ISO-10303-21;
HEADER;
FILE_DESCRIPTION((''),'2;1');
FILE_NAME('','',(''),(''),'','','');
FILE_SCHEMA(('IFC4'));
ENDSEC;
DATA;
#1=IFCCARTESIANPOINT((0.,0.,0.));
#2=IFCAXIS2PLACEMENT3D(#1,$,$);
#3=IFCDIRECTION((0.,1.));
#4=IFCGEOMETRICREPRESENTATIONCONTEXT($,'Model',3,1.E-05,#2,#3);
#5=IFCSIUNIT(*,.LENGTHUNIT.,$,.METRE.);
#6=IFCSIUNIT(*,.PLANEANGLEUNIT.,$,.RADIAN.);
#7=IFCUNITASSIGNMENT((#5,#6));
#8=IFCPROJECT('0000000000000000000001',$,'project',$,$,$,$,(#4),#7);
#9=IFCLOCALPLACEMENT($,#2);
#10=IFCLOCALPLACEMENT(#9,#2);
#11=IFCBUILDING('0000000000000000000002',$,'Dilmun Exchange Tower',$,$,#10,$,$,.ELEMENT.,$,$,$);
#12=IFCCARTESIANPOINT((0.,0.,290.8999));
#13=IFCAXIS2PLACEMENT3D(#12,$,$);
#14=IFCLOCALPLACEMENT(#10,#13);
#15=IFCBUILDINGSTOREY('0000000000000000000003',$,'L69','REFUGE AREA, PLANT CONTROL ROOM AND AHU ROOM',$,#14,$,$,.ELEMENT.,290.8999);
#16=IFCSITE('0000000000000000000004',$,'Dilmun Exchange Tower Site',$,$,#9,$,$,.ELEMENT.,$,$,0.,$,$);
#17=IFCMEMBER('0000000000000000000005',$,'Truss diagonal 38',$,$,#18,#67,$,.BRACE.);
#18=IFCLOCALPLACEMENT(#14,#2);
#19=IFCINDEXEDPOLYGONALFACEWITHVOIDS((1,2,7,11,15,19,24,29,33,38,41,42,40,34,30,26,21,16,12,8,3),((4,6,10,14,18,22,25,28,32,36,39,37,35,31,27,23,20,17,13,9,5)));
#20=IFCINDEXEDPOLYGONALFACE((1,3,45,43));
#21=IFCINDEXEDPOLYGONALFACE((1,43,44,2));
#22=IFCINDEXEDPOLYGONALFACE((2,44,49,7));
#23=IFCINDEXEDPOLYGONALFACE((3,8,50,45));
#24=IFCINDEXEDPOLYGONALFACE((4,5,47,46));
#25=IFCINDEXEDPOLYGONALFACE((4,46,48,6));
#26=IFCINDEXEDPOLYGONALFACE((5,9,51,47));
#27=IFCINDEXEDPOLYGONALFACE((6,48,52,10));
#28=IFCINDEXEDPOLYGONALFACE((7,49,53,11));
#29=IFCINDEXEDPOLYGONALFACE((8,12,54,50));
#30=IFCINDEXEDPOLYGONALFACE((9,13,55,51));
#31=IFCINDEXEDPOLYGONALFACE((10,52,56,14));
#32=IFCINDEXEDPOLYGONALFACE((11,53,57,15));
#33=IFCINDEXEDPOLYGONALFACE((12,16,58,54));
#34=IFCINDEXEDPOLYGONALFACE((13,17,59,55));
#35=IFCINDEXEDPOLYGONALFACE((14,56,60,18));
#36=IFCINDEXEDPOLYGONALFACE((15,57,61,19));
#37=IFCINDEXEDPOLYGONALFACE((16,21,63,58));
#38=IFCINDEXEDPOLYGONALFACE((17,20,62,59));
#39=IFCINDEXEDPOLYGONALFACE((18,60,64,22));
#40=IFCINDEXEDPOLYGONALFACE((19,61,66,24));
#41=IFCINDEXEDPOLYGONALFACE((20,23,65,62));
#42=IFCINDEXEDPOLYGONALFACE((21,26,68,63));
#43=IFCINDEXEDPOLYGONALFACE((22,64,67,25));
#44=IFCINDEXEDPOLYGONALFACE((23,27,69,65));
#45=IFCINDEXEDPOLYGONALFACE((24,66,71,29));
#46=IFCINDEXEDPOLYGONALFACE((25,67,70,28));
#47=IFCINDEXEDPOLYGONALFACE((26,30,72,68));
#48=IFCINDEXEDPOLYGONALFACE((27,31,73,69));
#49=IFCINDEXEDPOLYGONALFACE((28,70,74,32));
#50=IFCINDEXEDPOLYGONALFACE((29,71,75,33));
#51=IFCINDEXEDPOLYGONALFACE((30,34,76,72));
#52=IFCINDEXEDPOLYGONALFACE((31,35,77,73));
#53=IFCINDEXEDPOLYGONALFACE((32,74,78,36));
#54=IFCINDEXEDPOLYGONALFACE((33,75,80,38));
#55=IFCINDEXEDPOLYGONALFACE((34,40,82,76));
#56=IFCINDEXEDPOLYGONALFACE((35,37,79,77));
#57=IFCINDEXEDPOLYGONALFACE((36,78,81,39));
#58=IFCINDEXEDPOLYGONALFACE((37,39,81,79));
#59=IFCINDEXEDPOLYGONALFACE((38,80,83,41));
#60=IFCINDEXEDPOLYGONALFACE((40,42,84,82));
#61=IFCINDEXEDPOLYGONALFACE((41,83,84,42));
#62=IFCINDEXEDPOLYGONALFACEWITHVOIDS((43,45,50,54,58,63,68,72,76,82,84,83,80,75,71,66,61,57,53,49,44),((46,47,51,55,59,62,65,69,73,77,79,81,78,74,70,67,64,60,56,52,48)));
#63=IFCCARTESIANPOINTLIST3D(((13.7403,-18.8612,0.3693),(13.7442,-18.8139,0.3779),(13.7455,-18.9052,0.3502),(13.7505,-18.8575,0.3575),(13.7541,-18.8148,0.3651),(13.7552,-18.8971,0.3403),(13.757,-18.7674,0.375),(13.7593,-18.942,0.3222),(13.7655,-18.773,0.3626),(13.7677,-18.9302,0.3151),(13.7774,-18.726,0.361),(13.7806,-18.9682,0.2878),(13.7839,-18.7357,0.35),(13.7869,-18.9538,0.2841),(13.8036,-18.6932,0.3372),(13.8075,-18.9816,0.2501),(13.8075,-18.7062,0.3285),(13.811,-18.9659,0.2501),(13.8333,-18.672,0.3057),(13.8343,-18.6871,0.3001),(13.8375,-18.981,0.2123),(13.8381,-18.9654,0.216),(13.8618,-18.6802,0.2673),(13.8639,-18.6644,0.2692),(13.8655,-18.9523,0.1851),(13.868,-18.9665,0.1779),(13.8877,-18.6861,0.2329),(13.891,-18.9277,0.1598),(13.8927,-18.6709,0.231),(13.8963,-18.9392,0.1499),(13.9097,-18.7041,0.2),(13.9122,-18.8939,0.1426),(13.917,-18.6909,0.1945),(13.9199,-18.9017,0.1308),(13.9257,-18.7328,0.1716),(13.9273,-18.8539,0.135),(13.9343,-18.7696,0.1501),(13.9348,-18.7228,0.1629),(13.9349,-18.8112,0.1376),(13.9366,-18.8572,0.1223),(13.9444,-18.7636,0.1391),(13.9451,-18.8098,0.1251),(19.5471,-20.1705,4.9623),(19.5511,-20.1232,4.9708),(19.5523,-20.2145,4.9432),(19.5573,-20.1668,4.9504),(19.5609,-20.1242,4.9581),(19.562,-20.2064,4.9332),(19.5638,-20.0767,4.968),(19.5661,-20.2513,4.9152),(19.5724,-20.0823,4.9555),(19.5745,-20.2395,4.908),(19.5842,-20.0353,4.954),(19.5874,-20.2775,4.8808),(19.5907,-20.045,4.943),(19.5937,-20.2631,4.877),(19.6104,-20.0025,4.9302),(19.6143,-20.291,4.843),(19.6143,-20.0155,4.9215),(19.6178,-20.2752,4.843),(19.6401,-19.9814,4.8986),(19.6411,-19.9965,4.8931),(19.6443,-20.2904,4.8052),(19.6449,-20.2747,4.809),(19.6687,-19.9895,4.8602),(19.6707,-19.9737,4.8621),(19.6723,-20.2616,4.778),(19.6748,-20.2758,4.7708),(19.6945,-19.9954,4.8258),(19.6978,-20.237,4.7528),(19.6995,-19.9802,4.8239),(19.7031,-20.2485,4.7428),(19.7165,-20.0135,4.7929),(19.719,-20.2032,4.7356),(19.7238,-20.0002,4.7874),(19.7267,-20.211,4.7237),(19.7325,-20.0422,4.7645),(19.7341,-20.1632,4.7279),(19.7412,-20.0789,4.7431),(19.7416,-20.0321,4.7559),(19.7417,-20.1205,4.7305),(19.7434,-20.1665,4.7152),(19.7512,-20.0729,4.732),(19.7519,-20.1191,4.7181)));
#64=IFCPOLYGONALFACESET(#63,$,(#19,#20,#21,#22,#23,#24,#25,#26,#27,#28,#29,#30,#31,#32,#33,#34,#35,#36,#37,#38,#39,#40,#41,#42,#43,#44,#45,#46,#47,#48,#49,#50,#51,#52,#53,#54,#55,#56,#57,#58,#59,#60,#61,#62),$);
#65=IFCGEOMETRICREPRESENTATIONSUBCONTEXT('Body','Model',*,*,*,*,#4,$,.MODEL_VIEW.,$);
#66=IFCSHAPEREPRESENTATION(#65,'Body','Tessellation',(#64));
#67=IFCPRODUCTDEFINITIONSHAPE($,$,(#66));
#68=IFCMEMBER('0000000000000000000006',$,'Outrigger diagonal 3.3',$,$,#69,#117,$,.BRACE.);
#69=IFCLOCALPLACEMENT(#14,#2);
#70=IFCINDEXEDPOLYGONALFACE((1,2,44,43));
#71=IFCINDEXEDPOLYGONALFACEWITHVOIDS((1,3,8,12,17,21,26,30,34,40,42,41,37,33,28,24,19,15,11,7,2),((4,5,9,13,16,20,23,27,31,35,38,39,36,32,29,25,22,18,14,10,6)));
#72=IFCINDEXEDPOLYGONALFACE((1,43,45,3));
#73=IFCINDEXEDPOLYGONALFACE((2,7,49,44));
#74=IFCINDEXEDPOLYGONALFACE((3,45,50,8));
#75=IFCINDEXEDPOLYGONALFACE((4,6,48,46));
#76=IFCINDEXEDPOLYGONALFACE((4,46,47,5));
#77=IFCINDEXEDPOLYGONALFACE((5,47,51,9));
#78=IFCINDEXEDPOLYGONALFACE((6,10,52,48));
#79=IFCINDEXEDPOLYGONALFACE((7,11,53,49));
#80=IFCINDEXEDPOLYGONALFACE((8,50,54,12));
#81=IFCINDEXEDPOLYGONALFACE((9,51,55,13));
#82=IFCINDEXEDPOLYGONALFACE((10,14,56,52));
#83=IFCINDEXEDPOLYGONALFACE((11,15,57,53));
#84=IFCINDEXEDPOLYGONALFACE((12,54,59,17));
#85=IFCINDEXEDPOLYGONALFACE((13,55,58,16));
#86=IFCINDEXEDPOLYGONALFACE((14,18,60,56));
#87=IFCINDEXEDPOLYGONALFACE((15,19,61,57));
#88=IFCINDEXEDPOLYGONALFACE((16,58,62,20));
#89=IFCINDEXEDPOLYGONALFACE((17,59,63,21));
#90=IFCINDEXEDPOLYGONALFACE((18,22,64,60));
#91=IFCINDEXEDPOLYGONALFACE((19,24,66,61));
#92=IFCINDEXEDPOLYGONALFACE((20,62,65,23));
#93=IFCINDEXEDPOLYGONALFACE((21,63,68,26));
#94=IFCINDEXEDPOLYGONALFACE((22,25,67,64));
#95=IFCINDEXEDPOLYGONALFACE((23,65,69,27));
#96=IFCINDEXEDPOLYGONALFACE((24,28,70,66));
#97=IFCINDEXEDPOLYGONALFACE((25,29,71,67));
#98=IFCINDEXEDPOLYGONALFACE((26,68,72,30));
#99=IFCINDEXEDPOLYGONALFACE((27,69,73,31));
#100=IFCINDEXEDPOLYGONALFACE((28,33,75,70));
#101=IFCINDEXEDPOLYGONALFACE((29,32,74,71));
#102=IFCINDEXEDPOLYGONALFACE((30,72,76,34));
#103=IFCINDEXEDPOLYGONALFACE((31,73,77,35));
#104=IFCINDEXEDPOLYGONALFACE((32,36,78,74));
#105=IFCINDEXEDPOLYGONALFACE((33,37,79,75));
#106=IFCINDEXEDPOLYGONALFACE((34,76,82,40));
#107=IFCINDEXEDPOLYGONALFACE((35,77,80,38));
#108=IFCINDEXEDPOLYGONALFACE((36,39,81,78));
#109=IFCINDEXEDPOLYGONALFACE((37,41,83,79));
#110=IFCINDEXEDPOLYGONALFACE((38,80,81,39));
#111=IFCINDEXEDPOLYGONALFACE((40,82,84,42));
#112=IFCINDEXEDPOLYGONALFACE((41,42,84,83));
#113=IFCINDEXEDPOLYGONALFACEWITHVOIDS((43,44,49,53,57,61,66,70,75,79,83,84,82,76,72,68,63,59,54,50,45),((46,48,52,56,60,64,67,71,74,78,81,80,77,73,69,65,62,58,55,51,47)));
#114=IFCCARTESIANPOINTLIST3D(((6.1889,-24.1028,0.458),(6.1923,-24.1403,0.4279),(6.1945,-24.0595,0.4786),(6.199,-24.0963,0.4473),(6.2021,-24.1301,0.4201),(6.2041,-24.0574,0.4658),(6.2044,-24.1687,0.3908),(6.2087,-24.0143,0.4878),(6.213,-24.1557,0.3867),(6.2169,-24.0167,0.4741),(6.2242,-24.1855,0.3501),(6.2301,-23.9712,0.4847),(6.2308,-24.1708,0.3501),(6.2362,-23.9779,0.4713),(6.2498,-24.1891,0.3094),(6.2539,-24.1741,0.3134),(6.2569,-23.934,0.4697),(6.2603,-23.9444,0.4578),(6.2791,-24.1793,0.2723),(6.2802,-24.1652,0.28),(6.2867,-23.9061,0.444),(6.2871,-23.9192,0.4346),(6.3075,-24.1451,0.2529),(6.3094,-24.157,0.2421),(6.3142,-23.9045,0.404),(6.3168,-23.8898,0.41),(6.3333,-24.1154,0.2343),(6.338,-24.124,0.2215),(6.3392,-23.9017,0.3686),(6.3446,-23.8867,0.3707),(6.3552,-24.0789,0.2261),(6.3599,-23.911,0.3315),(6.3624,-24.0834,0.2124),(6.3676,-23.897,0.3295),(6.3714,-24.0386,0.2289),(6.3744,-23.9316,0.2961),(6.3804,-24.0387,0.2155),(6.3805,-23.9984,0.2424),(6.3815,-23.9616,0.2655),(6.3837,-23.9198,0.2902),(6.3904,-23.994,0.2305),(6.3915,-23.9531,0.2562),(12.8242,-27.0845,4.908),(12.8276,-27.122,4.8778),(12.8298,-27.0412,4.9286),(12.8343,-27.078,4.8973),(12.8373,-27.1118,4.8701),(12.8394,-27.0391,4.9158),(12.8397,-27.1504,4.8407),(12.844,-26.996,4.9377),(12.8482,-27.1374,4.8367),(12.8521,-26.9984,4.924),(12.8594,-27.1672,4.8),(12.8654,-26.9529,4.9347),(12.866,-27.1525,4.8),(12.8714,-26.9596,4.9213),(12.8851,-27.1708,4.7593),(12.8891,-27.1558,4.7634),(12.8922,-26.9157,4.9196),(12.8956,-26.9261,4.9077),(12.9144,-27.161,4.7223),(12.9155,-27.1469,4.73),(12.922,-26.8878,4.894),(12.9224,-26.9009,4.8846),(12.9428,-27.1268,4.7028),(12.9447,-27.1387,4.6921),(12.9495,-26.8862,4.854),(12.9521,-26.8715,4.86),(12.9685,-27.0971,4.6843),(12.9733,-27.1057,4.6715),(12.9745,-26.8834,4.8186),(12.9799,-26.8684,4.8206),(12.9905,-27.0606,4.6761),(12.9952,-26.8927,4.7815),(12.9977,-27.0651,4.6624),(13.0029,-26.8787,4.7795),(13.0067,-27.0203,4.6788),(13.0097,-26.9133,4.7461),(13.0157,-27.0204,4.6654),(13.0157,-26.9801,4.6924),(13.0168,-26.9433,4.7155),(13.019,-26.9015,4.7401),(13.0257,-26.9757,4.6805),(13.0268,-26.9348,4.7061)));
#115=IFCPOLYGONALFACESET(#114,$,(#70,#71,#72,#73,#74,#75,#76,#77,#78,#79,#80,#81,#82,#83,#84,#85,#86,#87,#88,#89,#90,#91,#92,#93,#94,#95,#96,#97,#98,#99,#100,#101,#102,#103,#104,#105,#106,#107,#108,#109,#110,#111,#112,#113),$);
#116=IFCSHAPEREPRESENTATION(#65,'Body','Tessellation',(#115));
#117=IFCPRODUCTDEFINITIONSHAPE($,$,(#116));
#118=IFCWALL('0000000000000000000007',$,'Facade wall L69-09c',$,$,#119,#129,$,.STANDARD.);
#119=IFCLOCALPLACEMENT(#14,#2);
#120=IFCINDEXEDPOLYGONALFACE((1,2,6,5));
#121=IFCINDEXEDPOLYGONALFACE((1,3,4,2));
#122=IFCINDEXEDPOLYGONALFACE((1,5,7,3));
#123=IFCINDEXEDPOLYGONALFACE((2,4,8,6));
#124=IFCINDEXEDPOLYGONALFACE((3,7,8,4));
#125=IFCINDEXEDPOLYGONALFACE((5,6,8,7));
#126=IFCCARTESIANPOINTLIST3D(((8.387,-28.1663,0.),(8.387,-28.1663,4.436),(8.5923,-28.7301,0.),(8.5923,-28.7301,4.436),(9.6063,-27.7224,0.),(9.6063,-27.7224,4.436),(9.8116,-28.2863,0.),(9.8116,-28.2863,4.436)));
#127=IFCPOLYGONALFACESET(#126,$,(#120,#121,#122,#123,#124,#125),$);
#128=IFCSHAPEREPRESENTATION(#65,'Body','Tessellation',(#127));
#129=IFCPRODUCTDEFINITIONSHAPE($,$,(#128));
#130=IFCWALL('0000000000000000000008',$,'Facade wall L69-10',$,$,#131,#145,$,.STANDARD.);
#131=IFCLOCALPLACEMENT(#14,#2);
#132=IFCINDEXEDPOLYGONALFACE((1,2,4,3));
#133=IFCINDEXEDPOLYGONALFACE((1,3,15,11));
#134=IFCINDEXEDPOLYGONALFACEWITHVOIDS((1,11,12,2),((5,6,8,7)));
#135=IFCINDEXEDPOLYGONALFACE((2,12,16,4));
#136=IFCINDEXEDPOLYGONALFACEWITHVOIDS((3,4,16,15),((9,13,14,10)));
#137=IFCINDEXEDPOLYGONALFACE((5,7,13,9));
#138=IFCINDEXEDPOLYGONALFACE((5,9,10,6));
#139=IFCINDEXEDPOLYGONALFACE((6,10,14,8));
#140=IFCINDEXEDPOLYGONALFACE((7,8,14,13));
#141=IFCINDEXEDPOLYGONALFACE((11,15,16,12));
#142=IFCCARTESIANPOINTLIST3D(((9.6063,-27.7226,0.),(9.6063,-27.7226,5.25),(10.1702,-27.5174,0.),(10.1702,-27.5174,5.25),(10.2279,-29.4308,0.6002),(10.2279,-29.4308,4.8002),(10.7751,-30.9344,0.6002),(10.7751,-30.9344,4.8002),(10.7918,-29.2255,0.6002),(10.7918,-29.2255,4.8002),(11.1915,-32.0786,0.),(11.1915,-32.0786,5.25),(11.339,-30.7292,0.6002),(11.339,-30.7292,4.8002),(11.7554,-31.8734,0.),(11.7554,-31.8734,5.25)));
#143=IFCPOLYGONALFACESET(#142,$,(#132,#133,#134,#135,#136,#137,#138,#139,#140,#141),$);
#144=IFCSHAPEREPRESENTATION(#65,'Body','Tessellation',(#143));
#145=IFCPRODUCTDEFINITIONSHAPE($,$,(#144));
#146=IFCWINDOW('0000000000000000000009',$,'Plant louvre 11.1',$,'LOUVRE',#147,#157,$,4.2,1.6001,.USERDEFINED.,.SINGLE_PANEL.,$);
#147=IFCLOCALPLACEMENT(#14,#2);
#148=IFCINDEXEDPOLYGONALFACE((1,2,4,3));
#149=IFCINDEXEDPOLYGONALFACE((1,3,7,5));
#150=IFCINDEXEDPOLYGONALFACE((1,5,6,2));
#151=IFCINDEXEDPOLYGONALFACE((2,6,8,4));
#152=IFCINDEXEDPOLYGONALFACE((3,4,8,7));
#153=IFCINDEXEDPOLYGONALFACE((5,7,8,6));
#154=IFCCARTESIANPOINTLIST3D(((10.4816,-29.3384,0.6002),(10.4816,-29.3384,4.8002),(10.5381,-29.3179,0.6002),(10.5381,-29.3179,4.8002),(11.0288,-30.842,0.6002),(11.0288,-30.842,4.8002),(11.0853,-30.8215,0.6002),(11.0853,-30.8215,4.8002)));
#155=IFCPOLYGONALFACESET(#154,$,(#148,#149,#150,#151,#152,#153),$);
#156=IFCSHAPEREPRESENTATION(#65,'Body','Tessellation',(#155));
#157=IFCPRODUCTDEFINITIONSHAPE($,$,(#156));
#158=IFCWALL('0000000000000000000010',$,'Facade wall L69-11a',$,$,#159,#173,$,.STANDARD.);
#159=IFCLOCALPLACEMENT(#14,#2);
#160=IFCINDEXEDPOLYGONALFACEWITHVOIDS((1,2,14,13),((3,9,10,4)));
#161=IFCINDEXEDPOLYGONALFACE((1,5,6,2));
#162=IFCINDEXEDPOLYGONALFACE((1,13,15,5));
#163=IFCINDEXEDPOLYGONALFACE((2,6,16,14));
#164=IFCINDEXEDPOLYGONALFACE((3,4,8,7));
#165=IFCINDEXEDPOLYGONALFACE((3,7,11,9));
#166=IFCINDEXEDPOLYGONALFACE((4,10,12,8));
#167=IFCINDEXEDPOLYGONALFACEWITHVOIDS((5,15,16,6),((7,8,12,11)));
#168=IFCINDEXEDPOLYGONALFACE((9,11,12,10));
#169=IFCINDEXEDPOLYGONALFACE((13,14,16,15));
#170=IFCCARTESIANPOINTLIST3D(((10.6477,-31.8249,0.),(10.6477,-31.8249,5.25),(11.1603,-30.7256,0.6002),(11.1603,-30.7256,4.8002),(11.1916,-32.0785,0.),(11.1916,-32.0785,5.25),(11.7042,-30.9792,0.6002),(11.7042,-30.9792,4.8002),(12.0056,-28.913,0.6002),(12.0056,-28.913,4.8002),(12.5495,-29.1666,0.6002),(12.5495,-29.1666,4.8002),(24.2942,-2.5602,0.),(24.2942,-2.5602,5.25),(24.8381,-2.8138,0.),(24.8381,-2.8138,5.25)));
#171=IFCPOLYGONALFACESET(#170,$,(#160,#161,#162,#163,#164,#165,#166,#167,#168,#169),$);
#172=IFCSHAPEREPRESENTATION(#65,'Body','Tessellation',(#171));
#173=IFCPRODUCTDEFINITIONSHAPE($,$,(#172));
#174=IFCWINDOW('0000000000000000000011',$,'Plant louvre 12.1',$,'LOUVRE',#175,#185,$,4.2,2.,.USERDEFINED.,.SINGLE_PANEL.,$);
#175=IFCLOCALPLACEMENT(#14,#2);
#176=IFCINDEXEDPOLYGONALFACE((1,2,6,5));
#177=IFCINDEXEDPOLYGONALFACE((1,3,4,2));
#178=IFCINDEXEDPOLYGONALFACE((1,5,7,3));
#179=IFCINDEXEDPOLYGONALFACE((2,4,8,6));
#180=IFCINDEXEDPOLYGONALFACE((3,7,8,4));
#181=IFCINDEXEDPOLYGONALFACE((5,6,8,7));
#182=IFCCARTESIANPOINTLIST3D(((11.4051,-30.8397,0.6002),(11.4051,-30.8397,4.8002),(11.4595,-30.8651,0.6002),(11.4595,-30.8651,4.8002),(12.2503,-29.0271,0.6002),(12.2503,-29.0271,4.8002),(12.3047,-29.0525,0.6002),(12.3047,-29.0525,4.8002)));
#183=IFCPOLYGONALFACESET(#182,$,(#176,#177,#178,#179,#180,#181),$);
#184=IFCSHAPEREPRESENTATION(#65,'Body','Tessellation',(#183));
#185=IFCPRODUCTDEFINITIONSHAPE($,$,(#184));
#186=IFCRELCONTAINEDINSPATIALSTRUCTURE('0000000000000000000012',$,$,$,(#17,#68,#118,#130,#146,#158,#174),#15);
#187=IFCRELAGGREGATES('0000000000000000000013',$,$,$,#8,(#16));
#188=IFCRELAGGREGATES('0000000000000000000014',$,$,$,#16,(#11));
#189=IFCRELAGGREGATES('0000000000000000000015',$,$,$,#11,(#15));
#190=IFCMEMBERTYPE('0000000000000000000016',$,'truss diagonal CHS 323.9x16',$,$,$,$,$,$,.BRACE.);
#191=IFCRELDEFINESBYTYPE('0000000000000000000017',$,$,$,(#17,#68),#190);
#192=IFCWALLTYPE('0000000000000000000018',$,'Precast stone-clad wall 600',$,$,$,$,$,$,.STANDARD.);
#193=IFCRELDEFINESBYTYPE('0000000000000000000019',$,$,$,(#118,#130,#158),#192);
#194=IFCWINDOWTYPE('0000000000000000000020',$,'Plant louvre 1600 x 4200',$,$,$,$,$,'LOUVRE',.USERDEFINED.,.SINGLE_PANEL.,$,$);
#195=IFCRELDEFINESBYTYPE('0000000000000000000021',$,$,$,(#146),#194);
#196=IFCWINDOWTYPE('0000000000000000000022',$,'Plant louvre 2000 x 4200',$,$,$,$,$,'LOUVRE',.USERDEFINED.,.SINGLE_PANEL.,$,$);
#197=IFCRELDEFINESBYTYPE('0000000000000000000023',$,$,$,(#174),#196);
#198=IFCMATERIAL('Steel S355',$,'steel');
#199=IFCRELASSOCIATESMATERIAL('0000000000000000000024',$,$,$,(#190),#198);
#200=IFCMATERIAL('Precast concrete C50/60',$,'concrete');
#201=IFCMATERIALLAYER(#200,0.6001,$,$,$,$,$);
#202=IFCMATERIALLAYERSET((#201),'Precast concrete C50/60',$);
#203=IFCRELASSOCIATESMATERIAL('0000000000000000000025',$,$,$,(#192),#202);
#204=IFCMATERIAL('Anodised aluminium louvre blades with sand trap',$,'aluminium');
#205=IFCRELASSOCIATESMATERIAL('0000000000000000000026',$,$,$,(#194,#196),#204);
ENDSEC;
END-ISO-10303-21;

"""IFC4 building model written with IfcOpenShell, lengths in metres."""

from ifc_helpers import new_model, si_unit, direction, frame, frame_2d, origin, origin_2d, place, context, subcontext, project, spatial, rectangle, hollow_circle, extrude, material, layer, layer_set, material_profile, profile_set, type_object, element, fill, save


model = new_model("IFC4")

# Units and contexts
model_context = context("Model", 3, precision=1e-05, world=origin(), true_north=direction((0.0, 1.0)))
body_context = subcontext(model_context, "Body", "Model", "MODEL_VIEW")
ifc_project = project(units=[si_unit("LENGTHUNIT", "METRE"), si_unit("PLANEANGLEUNIT", "RADIAN")], contexts=[model_context])

# Site, building, storey
site_placement = place(None, origin())
site = spatial("IfcSite", under=ifc_project, at=site_placement, Name="Dilmun Exchange Tower Site", CompositionType="ELEMENT", RefElevation=0.0)
building_placement = place(site_placement, origin())
building = spatial("IfcBuilding", under=site, at=building_placement, Name="Dilmun Exchange Tower", CompositionType="ELEMENT")
storey_placement = place(building_placement, frame((0.0, 0.0, 290.8999)))
storey = spatial("IfcBuildingStorey", under=building, at=storey_placement, Name="L69", Description="REFUGE AREA, PLANT CONTROL ROOM AND AHU ROOM", CompositionType="ELEMENT", Elevation=290.8999)

# Shared definitions
ifc_material_1 = material(Name="Steel S355", Category="steel")

# Members
ifc_material_profile_1 = material_profile(ifc_material_1, hollow_circle(Radius=0.1619, WallThickness=0.0161, at=origin_2d()), Name="CHS 323.9x16")
ifc_profile_set_1 = profile_set([ifc_material_profile_1], Name="Steel S355")
member_type_1 = type_object("IfcMemberType", Name="truss diagonal CHS 323.9x16", PredefinedType="BRACE", material=ifc_profile_set_1)
member_1_placement = place(storey_placement, frame((19.6499, -20.1331, 4.843), z_axis=(-0.772331, 0.174144, -0.610884), x_axis=(-0.219956, -0.97551, 0.0)))
element("IfcMember", 1, at=member_1_placement, inside=storey, type_object=member_type_1, Name="Truss diagonal 38", PredefinedType="BRACE", context=body_context, shape_type="SweptSolid", body=[
    extrude(hollow_circle(Radius=0.1619, WallThickness=0.0161, at=origin_2d()), origin(), (0.0, 0.0, 1.0), 7.5186),
])
member_2_placement = place(storey_placement, frame((12.9258, -27.0195, 4.8), z_axis=(-0.778096, 0.349654, -0.521832), x_axis=(-0.409887, -0.912136, 0.0)))
element("IfcMember", 2, at=member_2_placement, inside=storey, type_object=member_type_1, Name="Outrigger diagonal 3.3", PredefinedType="BRACE", context=body_context, shape_type="SweptSolid", body=[
    extrude(hollow_circle(Radius=0.1619, WallThickness=0.0161, at=origin_2d()), origin(), (0.0, 0.0, 1.0), 8.5276),
])

# Wall
ifc_material_2 = material(Name="Precast concrete C50/60", Category="concrete")
ifc_layer_1 = layer(ifc_material_2, 0.6001)
ifc_layer_set_1 = layer_set([ifc_layer_1], Name="Precast concrete C50/60")
wall_type = type_object("IfcWallType", Name="Precast stone-clad wall 600", PredefinedType="STANDARD", material=ifc_layer_set_1)
wall_1_placement = place(storey_placement, frame((8.4895, -28.4482, 0.0), z_axis=(0.0, 0.0, 1.0), x_axis=(0.939673, 0.342075, 0.0)))
element("IfcWall", 3, at=wall_1_placement, inside=storey, type_object=wall_type, Name="Facade wall L69-09c", PredefinedType="STANDARD", context=body_context, shape_type="SweptSolid", body=[
    extrude(rectangle(XDim=1.2976, YDim=0.6001, at=frame_2d((0.6489, 0.0))), origin(), (0.0, 0.0, 1.0), 4.436),
])

# Walls, openings, windows
wall_2_placement = place(storey_placement, frame((9.8882, -27.6199, 0.0), z_axis=(0.0, 0.0, 1.0), x_axis=(0.341976, -0.939709, 0.0)))
wall_2 = element("IfcWall", 4, at=wall_2_placement, inside=storey, type_object=wall_type, Name="Facade wall L69-10", PredefinedType="STANDARD", context=body_context, shape_type="SweptSolid", body=[
    extrude(rectangle(XDim=4.6355, YDim=0.6001, at=frame_2d((2.3179, 0.0))), origin(), (0.0, 0.0, 1.0), 5.25),
])
opening_1_placement = place(wall_2_placement, frame((1.8179, 0.0, 0.6001)))
opening_1 = element("IfcOpeningElement", 5, at=opening_1_placement, cuts=wall_2, PredefinedType="OPENING", context=body_context, shape_type="SweptSolid", body=[
    extrude(rectangle(XDim=1.6001, YDim=4.2, at=frame_2d((0.8, 2.1001))), frame((0.0, 0.3101, 0.0), z_axis=(0.0, -1.0, 0.0), x_axis=(1.0, 0.0, 0.0)), (0.0, 0.0, 1.0), 0.6201),
])
ifc_material_3 = material(Name="Anodised aluminium louvre blades with sand trap", Category="aluminium")
window_type_1 = type_object("IfcWindowType", Name="Plant louvre 1600 x 4200", ElementType="LOUVRE", PartitioningType="SINGLE_PANEL", PredefinedType="USERDEFINED", material=ifc_material_3)
window_1_placement = place(opening_1_placement, origin())
window_1 = element("IfcWindow", 6, at=window_1_placement, inside=storey, type_object=window_type_1, Name="Plant louvre 11.1", ObjectType="LOUVRE", OverallHeight=4.2, OverallWidth=1.6001, PartitioningType="SINGLE_PANEL", PredefinedType="USERDEFINED", context=body_context, shape_type="SweptSolid", body=[
    extrude(rectangle(XDim=1.6001, YDim=4.2, at=frame_2d((0.8, 2.1001))), frame((0.0, 0.03, 0.0), z_axis=(0.0, -1.0, 0.0), x_axis=(1.0, 0.0, 0.0)), (0.0, 0.0, 1.0), 0.0601),
])
fill(opening_1, window_1)
wall_3_placement = place(storey_placement, frame((10.9197, -31.9517, 0.0), z_axis=(0.0, 0.0, 1.0), x_axis=(0.422622, 0.906306, 0.0)))
wall_3 = element("IfcWall", 7, at=wall_3_placement, inside=storey, type_object=wall_type, Name="Facade wall L69-11a", PredefinedType="STANDARD", context=body_context, shape_type="SweptSolid", body=[
    extrude(rectangle(XDim=32.29, YDim=0.6001, at=frame_2d((16.145, 0.0))), origin(), (0.0, 0.0, 1.0), 5.25),
])
opening_2_placement = place(wall_3_placement, frame((1.2129, 0.0, 0.6001)))
opening_2 = element("IfcOpeningElement", 8, at=opening_2_placement, cuts=wall_3, PredefinedType="OPENING", context=body_context, shape_type="SweptSolid", body=[
    extrude(rectangle(XDim=2.0, YDim=4.2, at=frame_2d((1.0, 2.1001))), frame((0.0, 0.3101, 0.0), z_axis=(0.0, -1.0, 0.0), x_axis=(1.0, 0.0, 0.0)), (0.0, 0.0, 1.0), 0.6201),
])
window_type_2 = type_object("IfcWindowType", Name="Plant louvre 2000 x 4200", ElementType="LOUVRE", PartitioningType="SINGLE_PANEL", PredefinedType="USERDEFINED", material=ifc_material_3)
window_2_placement = place(opening_2_placement, origin())
window_2 = element("IfcWindow", 9, at=window_2_placement, inside=storey, type_object=window_type_2, Name="Plant louvre 12.1", ObjectType="LOUVRE", OverallHeight=4.2, OverallWidth=2.0, PartitioningType="SINGLE_PANEL", PredefinedType="USERDEFINED", context=body_context, shape_type="SweptSolid", body=[
    extrude(rectangle(XDim=2.0, YDim=4.2, at=frame_2d((1.0, 2.1001))), frame((0.0, 0.03, 0.0), z_axis=(0.0, -1.0, 0.0), x_axis=(1.0, 0.0, 0.0)), (0.0, 0.0, 1.0), 0.0601),
])
fill(opening_2, window_2)

save(model, "model.ifc")
